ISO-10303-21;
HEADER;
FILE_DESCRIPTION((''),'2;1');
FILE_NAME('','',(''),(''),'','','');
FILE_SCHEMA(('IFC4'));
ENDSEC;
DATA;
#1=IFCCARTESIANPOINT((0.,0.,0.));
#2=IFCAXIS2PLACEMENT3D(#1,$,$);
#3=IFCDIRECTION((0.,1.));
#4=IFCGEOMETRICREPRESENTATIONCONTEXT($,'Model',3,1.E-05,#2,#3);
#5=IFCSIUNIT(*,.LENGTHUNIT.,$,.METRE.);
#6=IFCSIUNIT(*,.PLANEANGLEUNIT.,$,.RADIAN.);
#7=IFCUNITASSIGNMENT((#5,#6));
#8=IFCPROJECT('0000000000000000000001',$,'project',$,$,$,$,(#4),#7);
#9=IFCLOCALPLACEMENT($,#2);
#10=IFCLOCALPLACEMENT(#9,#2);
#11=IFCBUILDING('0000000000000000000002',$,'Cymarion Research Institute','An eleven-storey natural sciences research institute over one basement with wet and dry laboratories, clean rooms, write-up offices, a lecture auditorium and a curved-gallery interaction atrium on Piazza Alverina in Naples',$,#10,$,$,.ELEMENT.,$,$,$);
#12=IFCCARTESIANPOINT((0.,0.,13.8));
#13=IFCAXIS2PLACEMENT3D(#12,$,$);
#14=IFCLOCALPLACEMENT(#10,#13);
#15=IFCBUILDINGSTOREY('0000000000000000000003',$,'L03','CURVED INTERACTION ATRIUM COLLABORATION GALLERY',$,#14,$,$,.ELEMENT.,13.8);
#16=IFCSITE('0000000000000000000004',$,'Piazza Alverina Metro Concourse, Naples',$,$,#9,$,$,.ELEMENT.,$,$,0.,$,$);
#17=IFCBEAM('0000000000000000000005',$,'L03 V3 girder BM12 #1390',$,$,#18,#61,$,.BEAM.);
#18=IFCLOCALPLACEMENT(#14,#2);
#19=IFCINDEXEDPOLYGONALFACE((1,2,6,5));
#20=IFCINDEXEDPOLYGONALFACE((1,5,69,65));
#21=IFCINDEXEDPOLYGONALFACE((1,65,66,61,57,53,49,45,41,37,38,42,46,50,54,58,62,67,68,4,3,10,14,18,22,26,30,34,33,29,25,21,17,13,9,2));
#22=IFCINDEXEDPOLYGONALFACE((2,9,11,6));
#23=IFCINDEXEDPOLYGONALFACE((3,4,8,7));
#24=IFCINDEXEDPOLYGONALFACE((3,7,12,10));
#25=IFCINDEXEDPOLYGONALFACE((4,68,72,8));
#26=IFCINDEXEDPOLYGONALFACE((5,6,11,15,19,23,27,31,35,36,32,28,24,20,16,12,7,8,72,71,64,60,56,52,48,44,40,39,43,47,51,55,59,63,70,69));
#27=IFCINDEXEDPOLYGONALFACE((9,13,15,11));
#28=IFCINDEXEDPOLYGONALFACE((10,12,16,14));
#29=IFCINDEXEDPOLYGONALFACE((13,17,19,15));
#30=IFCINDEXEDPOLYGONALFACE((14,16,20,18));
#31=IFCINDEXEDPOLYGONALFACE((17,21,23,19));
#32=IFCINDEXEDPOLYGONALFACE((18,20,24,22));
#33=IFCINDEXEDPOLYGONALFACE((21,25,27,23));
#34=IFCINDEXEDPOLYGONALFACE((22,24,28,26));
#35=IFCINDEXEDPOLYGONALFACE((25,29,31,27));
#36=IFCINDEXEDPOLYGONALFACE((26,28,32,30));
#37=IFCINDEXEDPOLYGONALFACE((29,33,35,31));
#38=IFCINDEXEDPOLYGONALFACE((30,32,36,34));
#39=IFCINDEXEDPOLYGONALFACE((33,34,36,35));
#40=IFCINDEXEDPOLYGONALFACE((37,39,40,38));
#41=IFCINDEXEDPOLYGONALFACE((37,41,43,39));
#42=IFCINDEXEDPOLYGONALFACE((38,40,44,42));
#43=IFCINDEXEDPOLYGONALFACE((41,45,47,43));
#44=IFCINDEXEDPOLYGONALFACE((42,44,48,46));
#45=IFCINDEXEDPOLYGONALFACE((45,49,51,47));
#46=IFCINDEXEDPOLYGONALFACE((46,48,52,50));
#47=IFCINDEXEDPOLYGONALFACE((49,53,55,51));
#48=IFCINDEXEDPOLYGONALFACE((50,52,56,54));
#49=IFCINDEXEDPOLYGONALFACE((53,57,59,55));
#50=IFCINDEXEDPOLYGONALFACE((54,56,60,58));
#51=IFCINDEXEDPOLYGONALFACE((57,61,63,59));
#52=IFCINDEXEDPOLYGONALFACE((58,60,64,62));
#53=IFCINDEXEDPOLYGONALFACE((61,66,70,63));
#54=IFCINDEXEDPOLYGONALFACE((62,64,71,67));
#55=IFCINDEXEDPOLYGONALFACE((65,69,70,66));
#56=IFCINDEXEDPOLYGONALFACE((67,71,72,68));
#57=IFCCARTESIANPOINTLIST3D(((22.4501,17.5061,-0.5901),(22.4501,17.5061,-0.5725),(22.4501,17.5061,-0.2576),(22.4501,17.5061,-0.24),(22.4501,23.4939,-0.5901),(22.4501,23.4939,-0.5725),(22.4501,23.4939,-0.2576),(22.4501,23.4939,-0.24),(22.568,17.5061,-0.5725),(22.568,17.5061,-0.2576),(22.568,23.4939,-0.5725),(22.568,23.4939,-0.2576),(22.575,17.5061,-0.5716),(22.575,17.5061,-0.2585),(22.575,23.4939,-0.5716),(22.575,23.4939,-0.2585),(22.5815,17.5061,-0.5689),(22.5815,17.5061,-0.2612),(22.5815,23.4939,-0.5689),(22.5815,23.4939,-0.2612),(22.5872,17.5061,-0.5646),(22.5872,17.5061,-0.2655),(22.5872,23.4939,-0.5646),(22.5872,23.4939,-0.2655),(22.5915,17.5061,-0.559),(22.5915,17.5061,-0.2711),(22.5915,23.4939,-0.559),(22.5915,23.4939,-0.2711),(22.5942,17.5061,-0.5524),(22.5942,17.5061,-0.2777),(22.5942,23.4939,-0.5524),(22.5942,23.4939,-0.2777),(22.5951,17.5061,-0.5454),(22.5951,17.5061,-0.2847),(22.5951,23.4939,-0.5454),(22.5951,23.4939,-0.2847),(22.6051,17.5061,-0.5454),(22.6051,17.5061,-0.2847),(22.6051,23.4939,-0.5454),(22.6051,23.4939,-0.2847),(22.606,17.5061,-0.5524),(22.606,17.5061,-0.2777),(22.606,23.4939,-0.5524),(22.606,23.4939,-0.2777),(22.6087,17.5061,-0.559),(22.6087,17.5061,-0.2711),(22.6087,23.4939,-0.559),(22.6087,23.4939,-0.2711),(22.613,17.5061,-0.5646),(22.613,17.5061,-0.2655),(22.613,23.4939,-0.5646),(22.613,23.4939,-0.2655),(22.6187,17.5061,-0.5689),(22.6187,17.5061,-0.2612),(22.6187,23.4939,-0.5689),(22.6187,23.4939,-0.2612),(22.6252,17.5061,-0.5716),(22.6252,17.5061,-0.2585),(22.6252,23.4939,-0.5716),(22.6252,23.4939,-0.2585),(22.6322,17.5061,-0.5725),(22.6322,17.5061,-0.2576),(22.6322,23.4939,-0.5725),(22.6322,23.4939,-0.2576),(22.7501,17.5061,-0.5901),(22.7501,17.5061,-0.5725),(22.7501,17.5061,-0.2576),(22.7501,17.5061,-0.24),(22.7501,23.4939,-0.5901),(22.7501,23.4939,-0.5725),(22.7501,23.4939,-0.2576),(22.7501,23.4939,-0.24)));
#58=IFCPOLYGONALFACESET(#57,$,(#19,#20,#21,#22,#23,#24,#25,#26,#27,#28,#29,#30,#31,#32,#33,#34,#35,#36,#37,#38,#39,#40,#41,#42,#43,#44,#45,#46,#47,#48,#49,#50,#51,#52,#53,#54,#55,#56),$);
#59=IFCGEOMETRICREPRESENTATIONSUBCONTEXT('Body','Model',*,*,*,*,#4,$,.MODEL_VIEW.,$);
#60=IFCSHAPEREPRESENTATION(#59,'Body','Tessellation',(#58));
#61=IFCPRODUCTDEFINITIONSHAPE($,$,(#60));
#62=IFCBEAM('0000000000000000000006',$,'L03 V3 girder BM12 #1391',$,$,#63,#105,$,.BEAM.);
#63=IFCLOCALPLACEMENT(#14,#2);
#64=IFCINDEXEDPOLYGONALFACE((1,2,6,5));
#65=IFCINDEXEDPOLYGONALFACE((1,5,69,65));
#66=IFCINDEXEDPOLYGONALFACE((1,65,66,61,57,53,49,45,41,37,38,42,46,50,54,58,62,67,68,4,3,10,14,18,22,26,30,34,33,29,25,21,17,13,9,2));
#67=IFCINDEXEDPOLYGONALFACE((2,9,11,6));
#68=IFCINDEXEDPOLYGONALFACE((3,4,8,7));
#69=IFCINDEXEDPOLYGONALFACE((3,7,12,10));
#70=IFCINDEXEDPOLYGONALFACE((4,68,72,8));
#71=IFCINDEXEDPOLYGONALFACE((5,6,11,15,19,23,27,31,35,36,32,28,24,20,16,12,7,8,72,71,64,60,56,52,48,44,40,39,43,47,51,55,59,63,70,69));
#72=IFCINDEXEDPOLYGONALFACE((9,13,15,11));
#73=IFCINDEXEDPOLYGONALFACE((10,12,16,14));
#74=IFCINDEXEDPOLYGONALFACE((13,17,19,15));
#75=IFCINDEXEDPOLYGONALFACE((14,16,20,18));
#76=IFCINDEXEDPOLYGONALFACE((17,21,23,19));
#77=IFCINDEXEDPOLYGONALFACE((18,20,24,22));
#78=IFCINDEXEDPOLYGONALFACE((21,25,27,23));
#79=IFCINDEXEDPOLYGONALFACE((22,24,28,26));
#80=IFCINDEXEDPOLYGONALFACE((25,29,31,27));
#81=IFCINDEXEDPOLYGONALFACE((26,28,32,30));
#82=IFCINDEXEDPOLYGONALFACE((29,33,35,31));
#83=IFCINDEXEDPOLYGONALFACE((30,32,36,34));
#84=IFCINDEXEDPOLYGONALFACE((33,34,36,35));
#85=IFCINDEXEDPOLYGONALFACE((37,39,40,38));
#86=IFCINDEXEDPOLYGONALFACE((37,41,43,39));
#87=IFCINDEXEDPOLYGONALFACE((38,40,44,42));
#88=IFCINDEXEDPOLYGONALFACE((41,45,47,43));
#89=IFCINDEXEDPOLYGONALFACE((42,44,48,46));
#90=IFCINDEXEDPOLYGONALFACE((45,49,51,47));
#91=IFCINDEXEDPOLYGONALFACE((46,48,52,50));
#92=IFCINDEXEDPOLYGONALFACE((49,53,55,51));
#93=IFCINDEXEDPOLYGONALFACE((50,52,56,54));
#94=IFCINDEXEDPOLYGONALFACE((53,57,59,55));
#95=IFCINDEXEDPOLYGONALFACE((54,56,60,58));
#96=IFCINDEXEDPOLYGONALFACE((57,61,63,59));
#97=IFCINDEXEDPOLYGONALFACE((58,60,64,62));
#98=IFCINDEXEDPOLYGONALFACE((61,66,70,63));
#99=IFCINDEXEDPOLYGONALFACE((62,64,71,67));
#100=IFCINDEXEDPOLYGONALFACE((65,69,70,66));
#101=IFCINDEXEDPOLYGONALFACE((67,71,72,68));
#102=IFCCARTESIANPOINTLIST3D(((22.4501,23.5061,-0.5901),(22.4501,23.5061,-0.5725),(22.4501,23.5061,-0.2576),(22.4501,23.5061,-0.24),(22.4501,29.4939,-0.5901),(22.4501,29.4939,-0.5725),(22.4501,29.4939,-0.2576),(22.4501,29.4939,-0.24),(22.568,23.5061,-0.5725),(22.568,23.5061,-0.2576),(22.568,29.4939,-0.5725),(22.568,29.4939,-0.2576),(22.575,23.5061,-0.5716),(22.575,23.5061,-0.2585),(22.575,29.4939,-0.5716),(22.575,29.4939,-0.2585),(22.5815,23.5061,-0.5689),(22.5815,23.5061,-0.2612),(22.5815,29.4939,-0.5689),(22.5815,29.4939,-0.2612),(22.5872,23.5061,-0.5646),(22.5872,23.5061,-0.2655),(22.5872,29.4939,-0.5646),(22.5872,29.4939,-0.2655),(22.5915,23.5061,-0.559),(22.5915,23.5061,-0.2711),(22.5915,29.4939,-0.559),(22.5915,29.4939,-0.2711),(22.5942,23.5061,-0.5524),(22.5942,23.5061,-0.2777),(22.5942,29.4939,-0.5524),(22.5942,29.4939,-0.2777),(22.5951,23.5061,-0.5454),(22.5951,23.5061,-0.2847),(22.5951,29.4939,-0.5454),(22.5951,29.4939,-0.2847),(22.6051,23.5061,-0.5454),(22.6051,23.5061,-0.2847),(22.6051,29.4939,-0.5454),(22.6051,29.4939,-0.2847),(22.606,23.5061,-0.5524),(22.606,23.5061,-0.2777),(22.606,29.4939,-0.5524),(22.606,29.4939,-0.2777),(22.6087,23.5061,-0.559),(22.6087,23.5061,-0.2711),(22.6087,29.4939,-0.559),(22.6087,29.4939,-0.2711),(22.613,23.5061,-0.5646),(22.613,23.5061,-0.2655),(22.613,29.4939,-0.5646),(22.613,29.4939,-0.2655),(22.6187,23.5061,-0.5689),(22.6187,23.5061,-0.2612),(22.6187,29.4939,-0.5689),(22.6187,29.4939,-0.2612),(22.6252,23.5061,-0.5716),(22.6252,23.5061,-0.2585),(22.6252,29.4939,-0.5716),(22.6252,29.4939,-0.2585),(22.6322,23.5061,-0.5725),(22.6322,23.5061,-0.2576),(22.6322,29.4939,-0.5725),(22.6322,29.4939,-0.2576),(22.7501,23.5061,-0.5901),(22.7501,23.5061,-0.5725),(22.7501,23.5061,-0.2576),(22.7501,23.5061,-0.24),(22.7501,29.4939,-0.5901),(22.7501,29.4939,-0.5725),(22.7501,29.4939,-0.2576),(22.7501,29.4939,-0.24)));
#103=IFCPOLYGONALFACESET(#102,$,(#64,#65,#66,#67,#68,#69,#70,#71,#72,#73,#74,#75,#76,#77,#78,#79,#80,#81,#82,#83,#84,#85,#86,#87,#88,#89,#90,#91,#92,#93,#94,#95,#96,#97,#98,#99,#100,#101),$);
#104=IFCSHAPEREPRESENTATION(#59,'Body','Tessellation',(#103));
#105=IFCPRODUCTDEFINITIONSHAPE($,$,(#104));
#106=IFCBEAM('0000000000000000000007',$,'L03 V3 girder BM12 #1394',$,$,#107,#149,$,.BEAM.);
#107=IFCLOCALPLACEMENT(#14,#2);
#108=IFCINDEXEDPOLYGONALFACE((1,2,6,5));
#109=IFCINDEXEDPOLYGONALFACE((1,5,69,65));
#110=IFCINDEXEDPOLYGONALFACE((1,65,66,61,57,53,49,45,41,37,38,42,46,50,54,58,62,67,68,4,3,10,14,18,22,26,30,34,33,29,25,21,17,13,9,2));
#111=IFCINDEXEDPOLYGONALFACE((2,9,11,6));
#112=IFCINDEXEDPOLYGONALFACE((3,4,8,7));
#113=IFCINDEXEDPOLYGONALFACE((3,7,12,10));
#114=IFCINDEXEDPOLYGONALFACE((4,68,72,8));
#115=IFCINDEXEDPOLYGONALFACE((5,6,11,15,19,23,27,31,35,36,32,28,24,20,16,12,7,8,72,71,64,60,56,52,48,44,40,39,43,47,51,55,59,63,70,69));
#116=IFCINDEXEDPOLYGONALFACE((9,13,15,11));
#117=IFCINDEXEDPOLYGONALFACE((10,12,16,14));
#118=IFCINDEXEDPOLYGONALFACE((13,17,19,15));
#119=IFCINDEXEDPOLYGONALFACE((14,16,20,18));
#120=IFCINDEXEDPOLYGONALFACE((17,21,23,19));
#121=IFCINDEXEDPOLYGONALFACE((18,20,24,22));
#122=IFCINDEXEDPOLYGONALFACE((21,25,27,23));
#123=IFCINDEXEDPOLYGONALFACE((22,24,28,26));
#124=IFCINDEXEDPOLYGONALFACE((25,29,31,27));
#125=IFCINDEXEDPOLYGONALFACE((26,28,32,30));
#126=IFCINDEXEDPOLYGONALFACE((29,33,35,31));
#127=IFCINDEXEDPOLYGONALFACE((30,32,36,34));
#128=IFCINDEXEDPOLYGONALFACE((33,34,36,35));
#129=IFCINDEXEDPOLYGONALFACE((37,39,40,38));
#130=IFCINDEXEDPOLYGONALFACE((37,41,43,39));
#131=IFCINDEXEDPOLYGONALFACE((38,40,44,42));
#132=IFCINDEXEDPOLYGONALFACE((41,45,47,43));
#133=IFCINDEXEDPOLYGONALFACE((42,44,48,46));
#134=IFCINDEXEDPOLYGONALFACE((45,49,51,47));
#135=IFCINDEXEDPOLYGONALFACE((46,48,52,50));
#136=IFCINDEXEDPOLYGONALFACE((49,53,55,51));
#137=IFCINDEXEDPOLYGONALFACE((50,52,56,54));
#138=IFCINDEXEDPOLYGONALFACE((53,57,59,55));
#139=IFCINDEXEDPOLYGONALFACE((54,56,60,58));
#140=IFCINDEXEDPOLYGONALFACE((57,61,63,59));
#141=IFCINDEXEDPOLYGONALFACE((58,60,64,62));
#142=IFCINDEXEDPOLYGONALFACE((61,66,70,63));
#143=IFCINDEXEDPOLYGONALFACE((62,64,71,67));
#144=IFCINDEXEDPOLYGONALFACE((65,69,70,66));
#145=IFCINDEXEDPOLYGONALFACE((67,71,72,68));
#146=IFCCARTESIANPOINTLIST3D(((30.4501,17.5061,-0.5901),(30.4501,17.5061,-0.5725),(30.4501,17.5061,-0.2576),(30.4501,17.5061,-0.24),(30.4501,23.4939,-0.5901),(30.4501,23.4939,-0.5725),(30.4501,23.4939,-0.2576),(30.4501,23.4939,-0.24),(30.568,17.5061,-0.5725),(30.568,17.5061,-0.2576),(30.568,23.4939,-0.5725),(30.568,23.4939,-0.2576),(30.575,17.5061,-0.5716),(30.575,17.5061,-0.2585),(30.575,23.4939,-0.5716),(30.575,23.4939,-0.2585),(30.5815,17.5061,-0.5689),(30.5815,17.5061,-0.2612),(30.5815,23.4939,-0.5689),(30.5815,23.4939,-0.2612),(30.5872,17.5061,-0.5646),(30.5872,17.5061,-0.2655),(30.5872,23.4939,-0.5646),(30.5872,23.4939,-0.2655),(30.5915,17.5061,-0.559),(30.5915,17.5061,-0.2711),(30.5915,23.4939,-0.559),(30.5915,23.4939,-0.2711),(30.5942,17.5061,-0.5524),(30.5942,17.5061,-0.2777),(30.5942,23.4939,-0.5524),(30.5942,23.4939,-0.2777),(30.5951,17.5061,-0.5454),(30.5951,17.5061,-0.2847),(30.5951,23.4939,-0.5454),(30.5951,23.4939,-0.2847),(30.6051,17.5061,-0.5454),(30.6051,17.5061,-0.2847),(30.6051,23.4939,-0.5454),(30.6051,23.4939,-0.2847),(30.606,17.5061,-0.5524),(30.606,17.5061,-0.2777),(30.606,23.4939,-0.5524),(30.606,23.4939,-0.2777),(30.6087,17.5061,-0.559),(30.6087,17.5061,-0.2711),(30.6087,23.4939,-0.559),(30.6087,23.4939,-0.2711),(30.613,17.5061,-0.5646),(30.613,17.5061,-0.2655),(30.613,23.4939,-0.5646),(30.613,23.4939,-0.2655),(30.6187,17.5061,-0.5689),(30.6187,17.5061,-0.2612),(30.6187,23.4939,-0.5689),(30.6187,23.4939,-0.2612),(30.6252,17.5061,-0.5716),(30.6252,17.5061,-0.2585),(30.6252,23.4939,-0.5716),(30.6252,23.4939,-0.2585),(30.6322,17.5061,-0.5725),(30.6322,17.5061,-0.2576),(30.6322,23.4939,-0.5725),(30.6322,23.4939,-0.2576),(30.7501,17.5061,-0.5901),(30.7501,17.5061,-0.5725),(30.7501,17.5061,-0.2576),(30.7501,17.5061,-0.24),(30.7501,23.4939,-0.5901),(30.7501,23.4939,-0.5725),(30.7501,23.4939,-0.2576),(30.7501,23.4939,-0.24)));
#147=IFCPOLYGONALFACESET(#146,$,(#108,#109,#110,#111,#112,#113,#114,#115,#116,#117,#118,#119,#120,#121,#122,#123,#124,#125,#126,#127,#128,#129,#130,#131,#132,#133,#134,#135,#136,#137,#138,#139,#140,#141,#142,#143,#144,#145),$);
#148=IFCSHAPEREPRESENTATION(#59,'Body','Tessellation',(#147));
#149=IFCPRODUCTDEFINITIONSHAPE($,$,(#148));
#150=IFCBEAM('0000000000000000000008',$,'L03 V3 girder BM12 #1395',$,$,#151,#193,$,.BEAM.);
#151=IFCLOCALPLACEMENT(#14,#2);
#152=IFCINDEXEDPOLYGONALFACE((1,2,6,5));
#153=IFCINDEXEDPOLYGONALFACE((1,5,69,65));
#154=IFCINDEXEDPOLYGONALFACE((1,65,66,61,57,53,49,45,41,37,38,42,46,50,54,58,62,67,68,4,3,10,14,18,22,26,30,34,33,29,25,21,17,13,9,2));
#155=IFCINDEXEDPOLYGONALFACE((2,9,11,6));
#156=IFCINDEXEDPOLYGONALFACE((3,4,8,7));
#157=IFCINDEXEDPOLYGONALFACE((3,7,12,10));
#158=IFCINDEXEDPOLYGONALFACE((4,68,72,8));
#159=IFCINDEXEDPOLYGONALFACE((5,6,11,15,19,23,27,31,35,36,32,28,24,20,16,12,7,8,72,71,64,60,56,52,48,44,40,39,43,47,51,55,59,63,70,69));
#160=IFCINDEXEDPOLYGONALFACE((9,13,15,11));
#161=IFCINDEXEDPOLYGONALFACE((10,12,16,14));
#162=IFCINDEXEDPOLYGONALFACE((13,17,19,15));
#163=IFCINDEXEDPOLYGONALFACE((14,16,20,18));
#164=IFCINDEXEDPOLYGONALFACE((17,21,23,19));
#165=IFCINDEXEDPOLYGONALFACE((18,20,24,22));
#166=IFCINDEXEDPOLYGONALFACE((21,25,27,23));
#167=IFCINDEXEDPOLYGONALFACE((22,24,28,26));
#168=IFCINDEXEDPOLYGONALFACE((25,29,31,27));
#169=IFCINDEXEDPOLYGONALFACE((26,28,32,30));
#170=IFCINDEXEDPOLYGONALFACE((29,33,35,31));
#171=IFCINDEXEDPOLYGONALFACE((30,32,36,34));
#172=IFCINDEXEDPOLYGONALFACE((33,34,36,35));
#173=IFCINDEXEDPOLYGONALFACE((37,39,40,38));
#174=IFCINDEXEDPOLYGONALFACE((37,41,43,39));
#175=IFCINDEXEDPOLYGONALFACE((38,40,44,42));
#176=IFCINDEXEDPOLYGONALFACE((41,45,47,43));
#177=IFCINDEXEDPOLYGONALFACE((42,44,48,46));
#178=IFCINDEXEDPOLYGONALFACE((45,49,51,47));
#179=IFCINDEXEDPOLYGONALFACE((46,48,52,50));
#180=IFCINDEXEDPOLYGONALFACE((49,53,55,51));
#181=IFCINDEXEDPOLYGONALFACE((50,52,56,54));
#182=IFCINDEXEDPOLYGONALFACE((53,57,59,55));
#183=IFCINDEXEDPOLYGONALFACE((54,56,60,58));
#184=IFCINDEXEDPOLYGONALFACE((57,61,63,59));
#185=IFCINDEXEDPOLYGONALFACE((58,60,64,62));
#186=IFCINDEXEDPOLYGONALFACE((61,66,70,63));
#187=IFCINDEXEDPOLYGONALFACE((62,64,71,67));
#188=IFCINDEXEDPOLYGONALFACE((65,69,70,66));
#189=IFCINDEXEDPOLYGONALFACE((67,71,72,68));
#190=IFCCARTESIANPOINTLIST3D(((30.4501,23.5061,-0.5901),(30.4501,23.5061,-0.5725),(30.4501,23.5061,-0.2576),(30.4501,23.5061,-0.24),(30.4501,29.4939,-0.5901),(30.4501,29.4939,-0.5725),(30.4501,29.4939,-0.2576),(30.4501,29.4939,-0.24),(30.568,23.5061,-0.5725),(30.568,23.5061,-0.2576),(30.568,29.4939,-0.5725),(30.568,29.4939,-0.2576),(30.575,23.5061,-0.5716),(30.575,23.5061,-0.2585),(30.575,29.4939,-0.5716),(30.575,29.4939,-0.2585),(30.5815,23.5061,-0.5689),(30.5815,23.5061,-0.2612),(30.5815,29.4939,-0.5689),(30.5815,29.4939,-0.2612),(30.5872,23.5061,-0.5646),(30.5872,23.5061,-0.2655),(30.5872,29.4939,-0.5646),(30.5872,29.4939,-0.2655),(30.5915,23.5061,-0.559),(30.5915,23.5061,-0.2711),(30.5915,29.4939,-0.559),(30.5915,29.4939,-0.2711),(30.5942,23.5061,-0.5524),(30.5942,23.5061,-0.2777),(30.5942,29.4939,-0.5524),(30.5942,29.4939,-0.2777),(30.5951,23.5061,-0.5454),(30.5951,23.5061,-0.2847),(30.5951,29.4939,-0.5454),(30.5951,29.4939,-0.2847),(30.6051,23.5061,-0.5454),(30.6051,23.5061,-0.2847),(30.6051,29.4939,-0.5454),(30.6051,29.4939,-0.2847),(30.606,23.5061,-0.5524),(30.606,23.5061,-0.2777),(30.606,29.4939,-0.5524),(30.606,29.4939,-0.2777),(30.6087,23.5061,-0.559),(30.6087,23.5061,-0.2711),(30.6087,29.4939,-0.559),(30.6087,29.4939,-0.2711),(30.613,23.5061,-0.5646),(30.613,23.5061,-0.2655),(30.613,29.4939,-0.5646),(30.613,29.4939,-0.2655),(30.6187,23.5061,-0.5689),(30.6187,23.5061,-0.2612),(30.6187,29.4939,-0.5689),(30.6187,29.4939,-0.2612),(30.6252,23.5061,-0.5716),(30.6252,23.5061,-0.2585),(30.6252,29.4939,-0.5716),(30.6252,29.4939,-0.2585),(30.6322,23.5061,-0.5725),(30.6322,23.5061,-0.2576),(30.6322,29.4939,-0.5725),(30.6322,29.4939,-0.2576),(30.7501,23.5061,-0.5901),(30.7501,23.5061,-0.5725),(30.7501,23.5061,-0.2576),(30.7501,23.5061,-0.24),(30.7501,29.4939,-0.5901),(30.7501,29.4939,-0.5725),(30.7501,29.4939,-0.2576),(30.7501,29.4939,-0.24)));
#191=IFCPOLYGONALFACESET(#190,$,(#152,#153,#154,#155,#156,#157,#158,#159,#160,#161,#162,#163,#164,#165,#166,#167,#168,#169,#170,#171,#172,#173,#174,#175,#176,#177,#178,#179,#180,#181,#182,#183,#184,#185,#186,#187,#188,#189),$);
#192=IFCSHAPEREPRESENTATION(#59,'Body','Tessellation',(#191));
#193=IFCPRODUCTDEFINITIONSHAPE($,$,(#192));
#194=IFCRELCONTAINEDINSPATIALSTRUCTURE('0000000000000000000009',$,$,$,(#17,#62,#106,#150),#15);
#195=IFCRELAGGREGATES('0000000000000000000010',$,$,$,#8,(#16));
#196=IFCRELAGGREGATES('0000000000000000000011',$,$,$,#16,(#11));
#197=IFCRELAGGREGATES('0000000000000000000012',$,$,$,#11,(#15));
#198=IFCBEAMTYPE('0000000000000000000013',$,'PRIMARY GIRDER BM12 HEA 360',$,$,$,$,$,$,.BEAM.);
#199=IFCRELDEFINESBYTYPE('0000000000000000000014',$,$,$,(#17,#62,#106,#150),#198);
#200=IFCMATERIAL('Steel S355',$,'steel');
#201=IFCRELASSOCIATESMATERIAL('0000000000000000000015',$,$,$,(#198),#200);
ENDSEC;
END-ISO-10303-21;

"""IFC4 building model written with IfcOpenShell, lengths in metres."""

from ifc_helpers import new_model, si_unit, direction, frame, origin, origin_2d, place, context, subcontext, project, spatial, i_section, extrude, material, material_profile, profile_set, type_object, element, save


model = new_model("IFC4")

# Units and contexts
model_context = context("Model", 3, precision=1e-05, world=origin(), true_north=direction((0.0, 1.0)))
body_context = subcontext(model_context, "Body", "Model", "MODEL_VIEW")
ifc_project = project(units=[si_unit("LENGTHUNIT", "METRE"), si_unit("PLANEANGLEUNIT", "RADIAN")], contexts=[model_context])

# Site, building, storey
site_placement = place(None, origin())
site = spatial("IfcSite", under=ifc_project, at=site_placement, Name="Piazza Alverina Metro Concourse, Naples", CompositionType="ELEMENT", RefElevation=0.0)
building_placement = place(site_placement, origin())
building = spatial("IfcBuilding", under=site, at=building_placement, Name="Cymarion Research Institute", Description="An eleven-storey natural sciences research institute over one basement with wet and dry laboratories, clean rooms, write-up offices, a lecture auditorium and a curved-gallery interaction atrium on Piazza Alverina in Naples", CompositionType="ELEMENT")
storey_placement = place(building_placement, frame((0.0, 0.0, 13.8)))
storey = spatial("IfcBuildingStorey", under=building, at=storey_placement, Name="L03", Description="CURVED INTERACTION ATRIUM COLLABORATION GALLERY", CompositionType="ELEMENT", Elevation=13.8)

# Beams
ifc_material_1 = material(Name="Steel S355", Category="steel")
ifc_material_profile_1 = material_profile(ifc_material_1, i_section(OverallWidth=0.3, OverallDepth=0.3501, WebThickness=0.01, FlangeThickness=0.0176, FilletRadius=0.0271, at=origin_2d()), Name="HEA 360")
ifc_profile_set_1 = profile_set([ifc_material_profile_1], Name="Steel S355")
beam_type_1 = type_object("IfcBeamType", Name="PRIMARY GIRDER BM12 HEA 360", PredefinedType="BEAM", material=ifc_profile_set_1)
for number, where, z_axis, x_axis, name in (
    (1, (22.6001, 17.5061, -0.415), (0.0, 1.0, 0.0), (-1.0, 0.0, 0.0), "L03 V3 girder BM12 #1390"),
    (2, (22.6001, 23.5061, -0.415), (0.0, 1.0, 0.0), (-1.0, 0.0, 0.0), "L03 V3 girder BM12 #1391"),
    (3, (30.6001, 17.5061, -0.415), (0.0, 1.0, 0.0), (-1.0, 0.0, 0.0), "L03 V3 girder BM12 #1394"),
    (4, (30.6001, 23.5061, -0.415), (0.0, 1.0, 0.0), (-1.0, 0.0, 0.0), "L03 V3 girder BM12 #1395"),
):
    element("IfcBeam", number, at=place(storey_placement, frame(where, z_axis=z_axis, x_axis=x_axis)), inside=storey, type_object=beam_type_1, Name=name, PredefinedType="BEAM", context=body_context, shape_type="SweptSolid", body=[
        extrude(i_section(OverallWidth=0.3, OverallDepth=0.3501, WebThickness=0.01, FlangeThickness=0.0176, FilletRadius=0.0271, at=origin_2d()), origin(), (0.0, 0.0, 1.0), 5.9878),
    ])

save(model, "model.ifc")
